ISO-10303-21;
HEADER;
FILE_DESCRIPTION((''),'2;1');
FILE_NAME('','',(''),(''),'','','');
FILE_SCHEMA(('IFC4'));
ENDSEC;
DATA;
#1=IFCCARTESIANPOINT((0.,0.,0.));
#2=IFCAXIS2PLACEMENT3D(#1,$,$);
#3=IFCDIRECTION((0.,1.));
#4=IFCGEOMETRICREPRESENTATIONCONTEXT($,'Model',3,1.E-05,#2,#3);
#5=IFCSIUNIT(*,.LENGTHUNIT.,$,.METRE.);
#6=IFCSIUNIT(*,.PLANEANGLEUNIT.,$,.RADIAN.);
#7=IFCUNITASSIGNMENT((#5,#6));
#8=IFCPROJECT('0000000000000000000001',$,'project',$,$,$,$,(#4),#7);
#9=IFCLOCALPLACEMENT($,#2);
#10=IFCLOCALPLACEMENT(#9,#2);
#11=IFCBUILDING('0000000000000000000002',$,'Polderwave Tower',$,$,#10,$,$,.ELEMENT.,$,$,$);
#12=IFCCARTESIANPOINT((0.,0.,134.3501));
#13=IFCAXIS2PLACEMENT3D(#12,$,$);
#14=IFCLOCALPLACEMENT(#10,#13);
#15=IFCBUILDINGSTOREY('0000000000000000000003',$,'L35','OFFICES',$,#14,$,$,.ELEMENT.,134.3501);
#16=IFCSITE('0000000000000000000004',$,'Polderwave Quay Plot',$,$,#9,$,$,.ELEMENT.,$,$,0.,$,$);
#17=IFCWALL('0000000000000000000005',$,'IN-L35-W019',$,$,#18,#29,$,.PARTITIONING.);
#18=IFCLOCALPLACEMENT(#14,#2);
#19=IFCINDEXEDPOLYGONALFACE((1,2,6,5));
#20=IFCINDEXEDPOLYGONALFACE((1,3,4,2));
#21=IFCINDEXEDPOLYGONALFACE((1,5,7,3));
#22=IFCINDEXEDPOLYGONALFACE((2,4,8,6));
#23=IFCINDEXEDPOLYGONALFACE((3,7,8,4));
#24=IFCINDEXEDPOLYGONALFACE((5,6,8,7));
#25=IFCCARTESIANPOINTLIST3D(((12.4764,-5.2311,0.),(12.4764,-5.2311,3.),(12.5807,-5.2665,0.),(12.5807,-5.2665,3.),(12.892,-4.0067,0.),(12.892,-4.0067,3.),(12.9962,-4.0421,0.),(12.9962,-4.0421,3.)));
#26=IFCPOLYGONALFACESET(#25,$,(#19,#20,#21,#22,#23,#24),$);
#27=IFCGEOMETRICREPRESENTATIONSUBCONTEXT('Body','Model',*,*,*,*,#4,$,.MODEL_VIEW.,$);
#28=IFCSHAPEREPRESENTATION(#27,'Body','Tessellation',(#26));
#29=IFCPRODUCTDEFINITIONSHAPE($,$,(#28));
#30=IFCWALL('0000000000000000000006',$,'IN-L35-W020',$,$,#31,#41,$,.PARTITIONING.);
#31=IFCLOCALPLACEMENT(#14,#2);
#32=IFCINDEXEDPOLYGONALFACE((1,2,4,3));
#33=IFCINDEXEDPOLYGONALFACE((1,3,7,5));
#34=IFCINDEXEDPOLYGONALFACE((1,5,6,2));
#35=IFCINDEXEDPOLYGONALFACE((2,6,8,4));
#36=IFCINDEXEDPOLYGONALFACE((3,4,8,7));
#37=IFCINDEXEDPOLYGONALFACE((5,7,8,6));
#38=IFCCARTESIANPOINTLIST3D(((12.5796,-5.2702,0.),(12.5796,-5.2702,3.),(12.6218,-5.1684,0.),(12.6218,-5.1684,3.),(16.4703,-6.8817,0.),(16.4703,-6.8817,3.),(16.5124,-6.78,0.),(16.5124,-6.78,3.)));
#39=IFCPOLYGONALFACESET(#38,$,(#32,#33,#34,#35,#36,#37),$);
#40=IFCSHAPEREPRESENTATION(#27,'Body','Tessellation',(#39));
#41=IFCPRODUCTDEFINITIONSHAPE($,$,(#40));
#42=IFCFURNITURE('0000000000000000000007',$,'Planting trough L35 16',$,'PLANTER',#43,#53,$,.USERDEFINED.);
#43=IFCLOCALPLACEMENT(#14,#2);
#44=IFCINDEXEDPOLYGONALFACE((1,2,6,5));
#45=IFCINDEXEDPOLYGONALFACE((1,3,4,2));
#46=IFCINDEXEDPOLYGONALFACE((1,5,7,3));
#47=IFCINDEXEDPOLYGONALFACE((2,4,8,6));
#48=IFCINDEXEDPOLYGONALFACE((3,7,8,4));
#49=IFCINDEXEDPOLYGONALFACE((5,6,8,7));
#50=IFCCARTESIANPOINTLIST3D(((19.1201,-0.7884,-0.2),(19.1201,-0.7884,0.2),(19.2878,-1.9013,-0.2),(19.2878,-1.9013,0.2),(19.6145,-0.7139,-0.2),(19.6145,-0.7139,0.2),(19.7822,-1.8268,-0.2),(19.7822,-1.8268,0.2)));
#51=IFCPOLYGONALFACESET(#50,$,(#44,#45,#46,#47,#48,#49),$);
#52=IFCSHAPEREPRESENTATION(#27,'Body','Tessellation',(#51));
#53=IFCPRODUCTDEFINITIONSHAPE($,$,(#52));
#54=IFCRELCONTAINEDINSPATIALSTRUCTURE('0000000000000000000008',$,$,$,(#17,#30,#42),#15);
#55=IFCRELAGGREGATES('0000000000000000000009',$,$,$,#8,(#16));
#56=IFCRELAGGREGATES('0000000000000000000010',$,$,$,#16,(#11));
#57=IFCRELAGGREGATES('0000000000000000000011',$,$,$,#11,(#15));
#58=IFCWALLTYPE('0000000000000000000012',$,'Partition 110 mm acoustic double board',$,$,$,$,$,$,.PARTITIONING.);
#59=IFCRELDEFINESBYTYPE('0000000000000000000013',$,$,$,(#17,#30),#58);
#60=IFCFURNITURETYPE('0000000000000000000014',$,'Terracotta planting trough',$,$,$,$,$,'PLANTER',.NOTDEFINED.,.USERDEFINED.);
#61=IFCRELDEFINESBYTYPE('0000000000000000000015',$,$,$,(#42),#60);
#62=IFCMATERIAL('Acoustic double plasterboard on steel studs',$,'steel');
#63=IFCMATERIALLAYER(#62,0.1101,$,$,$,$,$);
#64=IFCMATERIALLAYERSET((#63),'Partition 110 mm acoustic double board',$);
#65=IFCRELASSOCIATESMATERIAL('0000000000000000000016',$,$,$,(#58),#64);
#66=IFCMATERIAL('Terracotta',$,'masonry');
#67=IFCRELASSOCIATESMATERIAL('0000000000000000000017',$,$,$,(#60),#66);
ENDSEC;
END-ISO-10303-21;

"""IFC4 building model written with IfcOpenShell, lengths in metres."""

from ifc_helpers import new_model, si_unit, direction, frame, frame_2d, origin, origin_2d, place, context, subcontext, project, spatial, rectangle, extrude, material, layer, layer_set, type_object, element, save


model = new_model("IFC4")

# Units and contexts
model_context = context("Model", 3, precision=1e-05, world=origin(), true_north=direction((0.0, 1.0)))
body_context = subcontext(model_context, "Body", "Model", "MODEL_VIEW")
ifc_project = project(units=[si_unit("LENGTHUNIT", "METRE"), si_unit("PLANEANGLEUNIT", "RADIAN")], contexts=[model_context])

# Site, building, storey
site_placement = place(None, origin())
site = spatial("IfcSite", under=ifc_project, at=site_placement, Name="Polderwave Quay Plot", CompositionType="ELEMENT", RefElevation=0.0)
building_placement = place(site_placement, origin())
building = spatial("IfcBuilding", under=site, at=building_placement, Name="Polderwave Tower", CompositionType="ELEMENT")
storey_placement = place(building_placement, frame((0.0, 0.0, 134.3501)))
storey = spatial("IfcBuildingStorey", under=building, at=storey_placement, Name="L35", Description="OFFICES", CompositionType="ELEMENT", Elevation=134.3501)

# Walls
ifc_material_1 = material(Name="Acoustic double plasterboard on steel studs", Category="steel")
ifc_layer_1 = layer(ifc_material_1, 0.1101)
ifc_layer_set_1 = layer_set([ifc_layer_1], Name="Partition 110 mm acoustic double board")
wall_type_1 = type_object("IfcWallType", Name="Partition 110 mm acoustic double board", PredefinedType="PARTITIONING", material=ifc_layer_set_1)
wall_1_placement = place(storey_placement, frame((12.5286, -5.2488, 0.0), z_axis=(0.0, 0.0, 1.0), x_axis=(0.321378, 0.946951, 0.0)))
element("IfcWall", 1, at=wall_1_placement, inside=storey, type_object=wall_type_1, Name="IN-L35-W019", PredefinedType="PARTITIONING", context=body_context, shape_type="SweptSolid", body=[
    extrude(rectangle(XDim=1.293, YDim=0.1101, at=frame_2d((0.6465, 0.0))), origin(), (0.0, 0.0, 1.0), 3.0),
])
wall_2_placement = place(storey_placement, frame((16.4912, -6.8308, 0.0), z_axis=(0.0, 0.0, 1.0), x_axis=(-0.923878, 0.382688, 0.0)))
element("IfcWall", 2, at=wall_2_placement, inside=storey, type_object=wall_type_1, Name="IN-L35-W020", PredefinedType="PARTITIONING", context=body_context, shape_type="SweptSolid", body=[
    extrude(rectangle(XDim=4.2112, YDim=0.1101, at=frame_2d((2.1055, 0.0))), origin(), (0.0, 0.0, 1.0), 3.0),
])

# Furniture
ifc_material_2 = material(Name="Terracotta", Category="masonry")
furniture_type = type_object("IfcFurnitureType", Name="Terracotta planting trough", ElementType="PLANTER", AssemblyPlace="NOTDEFINED", PredefinedType="USERDEFINED", material=ifc_material_2)
furniture_placement = place(storey_placement, frame((19.4512, -1.3076, -0.2), z_axis=(0.0, 0.0, 1.0), x_axis=(-0.148978, 0.988841, 0.0)))
element("IfcFurniture", 3, at=furniture_placement, inside=storey, type_object=furniture_type, Name="Planting trough L35 16", ObjectType="PLANTER", PredefinedType="USERDEFINED", context=body_context, shape_type="SweptSolid", body=[
    extrude(rectangle(XDim=1.1255, YDim=0.5, at=origin_2d()), origin(), (0.0, 0.0, 1.0), 0.3999),
])

save(model, "model.ifc")
